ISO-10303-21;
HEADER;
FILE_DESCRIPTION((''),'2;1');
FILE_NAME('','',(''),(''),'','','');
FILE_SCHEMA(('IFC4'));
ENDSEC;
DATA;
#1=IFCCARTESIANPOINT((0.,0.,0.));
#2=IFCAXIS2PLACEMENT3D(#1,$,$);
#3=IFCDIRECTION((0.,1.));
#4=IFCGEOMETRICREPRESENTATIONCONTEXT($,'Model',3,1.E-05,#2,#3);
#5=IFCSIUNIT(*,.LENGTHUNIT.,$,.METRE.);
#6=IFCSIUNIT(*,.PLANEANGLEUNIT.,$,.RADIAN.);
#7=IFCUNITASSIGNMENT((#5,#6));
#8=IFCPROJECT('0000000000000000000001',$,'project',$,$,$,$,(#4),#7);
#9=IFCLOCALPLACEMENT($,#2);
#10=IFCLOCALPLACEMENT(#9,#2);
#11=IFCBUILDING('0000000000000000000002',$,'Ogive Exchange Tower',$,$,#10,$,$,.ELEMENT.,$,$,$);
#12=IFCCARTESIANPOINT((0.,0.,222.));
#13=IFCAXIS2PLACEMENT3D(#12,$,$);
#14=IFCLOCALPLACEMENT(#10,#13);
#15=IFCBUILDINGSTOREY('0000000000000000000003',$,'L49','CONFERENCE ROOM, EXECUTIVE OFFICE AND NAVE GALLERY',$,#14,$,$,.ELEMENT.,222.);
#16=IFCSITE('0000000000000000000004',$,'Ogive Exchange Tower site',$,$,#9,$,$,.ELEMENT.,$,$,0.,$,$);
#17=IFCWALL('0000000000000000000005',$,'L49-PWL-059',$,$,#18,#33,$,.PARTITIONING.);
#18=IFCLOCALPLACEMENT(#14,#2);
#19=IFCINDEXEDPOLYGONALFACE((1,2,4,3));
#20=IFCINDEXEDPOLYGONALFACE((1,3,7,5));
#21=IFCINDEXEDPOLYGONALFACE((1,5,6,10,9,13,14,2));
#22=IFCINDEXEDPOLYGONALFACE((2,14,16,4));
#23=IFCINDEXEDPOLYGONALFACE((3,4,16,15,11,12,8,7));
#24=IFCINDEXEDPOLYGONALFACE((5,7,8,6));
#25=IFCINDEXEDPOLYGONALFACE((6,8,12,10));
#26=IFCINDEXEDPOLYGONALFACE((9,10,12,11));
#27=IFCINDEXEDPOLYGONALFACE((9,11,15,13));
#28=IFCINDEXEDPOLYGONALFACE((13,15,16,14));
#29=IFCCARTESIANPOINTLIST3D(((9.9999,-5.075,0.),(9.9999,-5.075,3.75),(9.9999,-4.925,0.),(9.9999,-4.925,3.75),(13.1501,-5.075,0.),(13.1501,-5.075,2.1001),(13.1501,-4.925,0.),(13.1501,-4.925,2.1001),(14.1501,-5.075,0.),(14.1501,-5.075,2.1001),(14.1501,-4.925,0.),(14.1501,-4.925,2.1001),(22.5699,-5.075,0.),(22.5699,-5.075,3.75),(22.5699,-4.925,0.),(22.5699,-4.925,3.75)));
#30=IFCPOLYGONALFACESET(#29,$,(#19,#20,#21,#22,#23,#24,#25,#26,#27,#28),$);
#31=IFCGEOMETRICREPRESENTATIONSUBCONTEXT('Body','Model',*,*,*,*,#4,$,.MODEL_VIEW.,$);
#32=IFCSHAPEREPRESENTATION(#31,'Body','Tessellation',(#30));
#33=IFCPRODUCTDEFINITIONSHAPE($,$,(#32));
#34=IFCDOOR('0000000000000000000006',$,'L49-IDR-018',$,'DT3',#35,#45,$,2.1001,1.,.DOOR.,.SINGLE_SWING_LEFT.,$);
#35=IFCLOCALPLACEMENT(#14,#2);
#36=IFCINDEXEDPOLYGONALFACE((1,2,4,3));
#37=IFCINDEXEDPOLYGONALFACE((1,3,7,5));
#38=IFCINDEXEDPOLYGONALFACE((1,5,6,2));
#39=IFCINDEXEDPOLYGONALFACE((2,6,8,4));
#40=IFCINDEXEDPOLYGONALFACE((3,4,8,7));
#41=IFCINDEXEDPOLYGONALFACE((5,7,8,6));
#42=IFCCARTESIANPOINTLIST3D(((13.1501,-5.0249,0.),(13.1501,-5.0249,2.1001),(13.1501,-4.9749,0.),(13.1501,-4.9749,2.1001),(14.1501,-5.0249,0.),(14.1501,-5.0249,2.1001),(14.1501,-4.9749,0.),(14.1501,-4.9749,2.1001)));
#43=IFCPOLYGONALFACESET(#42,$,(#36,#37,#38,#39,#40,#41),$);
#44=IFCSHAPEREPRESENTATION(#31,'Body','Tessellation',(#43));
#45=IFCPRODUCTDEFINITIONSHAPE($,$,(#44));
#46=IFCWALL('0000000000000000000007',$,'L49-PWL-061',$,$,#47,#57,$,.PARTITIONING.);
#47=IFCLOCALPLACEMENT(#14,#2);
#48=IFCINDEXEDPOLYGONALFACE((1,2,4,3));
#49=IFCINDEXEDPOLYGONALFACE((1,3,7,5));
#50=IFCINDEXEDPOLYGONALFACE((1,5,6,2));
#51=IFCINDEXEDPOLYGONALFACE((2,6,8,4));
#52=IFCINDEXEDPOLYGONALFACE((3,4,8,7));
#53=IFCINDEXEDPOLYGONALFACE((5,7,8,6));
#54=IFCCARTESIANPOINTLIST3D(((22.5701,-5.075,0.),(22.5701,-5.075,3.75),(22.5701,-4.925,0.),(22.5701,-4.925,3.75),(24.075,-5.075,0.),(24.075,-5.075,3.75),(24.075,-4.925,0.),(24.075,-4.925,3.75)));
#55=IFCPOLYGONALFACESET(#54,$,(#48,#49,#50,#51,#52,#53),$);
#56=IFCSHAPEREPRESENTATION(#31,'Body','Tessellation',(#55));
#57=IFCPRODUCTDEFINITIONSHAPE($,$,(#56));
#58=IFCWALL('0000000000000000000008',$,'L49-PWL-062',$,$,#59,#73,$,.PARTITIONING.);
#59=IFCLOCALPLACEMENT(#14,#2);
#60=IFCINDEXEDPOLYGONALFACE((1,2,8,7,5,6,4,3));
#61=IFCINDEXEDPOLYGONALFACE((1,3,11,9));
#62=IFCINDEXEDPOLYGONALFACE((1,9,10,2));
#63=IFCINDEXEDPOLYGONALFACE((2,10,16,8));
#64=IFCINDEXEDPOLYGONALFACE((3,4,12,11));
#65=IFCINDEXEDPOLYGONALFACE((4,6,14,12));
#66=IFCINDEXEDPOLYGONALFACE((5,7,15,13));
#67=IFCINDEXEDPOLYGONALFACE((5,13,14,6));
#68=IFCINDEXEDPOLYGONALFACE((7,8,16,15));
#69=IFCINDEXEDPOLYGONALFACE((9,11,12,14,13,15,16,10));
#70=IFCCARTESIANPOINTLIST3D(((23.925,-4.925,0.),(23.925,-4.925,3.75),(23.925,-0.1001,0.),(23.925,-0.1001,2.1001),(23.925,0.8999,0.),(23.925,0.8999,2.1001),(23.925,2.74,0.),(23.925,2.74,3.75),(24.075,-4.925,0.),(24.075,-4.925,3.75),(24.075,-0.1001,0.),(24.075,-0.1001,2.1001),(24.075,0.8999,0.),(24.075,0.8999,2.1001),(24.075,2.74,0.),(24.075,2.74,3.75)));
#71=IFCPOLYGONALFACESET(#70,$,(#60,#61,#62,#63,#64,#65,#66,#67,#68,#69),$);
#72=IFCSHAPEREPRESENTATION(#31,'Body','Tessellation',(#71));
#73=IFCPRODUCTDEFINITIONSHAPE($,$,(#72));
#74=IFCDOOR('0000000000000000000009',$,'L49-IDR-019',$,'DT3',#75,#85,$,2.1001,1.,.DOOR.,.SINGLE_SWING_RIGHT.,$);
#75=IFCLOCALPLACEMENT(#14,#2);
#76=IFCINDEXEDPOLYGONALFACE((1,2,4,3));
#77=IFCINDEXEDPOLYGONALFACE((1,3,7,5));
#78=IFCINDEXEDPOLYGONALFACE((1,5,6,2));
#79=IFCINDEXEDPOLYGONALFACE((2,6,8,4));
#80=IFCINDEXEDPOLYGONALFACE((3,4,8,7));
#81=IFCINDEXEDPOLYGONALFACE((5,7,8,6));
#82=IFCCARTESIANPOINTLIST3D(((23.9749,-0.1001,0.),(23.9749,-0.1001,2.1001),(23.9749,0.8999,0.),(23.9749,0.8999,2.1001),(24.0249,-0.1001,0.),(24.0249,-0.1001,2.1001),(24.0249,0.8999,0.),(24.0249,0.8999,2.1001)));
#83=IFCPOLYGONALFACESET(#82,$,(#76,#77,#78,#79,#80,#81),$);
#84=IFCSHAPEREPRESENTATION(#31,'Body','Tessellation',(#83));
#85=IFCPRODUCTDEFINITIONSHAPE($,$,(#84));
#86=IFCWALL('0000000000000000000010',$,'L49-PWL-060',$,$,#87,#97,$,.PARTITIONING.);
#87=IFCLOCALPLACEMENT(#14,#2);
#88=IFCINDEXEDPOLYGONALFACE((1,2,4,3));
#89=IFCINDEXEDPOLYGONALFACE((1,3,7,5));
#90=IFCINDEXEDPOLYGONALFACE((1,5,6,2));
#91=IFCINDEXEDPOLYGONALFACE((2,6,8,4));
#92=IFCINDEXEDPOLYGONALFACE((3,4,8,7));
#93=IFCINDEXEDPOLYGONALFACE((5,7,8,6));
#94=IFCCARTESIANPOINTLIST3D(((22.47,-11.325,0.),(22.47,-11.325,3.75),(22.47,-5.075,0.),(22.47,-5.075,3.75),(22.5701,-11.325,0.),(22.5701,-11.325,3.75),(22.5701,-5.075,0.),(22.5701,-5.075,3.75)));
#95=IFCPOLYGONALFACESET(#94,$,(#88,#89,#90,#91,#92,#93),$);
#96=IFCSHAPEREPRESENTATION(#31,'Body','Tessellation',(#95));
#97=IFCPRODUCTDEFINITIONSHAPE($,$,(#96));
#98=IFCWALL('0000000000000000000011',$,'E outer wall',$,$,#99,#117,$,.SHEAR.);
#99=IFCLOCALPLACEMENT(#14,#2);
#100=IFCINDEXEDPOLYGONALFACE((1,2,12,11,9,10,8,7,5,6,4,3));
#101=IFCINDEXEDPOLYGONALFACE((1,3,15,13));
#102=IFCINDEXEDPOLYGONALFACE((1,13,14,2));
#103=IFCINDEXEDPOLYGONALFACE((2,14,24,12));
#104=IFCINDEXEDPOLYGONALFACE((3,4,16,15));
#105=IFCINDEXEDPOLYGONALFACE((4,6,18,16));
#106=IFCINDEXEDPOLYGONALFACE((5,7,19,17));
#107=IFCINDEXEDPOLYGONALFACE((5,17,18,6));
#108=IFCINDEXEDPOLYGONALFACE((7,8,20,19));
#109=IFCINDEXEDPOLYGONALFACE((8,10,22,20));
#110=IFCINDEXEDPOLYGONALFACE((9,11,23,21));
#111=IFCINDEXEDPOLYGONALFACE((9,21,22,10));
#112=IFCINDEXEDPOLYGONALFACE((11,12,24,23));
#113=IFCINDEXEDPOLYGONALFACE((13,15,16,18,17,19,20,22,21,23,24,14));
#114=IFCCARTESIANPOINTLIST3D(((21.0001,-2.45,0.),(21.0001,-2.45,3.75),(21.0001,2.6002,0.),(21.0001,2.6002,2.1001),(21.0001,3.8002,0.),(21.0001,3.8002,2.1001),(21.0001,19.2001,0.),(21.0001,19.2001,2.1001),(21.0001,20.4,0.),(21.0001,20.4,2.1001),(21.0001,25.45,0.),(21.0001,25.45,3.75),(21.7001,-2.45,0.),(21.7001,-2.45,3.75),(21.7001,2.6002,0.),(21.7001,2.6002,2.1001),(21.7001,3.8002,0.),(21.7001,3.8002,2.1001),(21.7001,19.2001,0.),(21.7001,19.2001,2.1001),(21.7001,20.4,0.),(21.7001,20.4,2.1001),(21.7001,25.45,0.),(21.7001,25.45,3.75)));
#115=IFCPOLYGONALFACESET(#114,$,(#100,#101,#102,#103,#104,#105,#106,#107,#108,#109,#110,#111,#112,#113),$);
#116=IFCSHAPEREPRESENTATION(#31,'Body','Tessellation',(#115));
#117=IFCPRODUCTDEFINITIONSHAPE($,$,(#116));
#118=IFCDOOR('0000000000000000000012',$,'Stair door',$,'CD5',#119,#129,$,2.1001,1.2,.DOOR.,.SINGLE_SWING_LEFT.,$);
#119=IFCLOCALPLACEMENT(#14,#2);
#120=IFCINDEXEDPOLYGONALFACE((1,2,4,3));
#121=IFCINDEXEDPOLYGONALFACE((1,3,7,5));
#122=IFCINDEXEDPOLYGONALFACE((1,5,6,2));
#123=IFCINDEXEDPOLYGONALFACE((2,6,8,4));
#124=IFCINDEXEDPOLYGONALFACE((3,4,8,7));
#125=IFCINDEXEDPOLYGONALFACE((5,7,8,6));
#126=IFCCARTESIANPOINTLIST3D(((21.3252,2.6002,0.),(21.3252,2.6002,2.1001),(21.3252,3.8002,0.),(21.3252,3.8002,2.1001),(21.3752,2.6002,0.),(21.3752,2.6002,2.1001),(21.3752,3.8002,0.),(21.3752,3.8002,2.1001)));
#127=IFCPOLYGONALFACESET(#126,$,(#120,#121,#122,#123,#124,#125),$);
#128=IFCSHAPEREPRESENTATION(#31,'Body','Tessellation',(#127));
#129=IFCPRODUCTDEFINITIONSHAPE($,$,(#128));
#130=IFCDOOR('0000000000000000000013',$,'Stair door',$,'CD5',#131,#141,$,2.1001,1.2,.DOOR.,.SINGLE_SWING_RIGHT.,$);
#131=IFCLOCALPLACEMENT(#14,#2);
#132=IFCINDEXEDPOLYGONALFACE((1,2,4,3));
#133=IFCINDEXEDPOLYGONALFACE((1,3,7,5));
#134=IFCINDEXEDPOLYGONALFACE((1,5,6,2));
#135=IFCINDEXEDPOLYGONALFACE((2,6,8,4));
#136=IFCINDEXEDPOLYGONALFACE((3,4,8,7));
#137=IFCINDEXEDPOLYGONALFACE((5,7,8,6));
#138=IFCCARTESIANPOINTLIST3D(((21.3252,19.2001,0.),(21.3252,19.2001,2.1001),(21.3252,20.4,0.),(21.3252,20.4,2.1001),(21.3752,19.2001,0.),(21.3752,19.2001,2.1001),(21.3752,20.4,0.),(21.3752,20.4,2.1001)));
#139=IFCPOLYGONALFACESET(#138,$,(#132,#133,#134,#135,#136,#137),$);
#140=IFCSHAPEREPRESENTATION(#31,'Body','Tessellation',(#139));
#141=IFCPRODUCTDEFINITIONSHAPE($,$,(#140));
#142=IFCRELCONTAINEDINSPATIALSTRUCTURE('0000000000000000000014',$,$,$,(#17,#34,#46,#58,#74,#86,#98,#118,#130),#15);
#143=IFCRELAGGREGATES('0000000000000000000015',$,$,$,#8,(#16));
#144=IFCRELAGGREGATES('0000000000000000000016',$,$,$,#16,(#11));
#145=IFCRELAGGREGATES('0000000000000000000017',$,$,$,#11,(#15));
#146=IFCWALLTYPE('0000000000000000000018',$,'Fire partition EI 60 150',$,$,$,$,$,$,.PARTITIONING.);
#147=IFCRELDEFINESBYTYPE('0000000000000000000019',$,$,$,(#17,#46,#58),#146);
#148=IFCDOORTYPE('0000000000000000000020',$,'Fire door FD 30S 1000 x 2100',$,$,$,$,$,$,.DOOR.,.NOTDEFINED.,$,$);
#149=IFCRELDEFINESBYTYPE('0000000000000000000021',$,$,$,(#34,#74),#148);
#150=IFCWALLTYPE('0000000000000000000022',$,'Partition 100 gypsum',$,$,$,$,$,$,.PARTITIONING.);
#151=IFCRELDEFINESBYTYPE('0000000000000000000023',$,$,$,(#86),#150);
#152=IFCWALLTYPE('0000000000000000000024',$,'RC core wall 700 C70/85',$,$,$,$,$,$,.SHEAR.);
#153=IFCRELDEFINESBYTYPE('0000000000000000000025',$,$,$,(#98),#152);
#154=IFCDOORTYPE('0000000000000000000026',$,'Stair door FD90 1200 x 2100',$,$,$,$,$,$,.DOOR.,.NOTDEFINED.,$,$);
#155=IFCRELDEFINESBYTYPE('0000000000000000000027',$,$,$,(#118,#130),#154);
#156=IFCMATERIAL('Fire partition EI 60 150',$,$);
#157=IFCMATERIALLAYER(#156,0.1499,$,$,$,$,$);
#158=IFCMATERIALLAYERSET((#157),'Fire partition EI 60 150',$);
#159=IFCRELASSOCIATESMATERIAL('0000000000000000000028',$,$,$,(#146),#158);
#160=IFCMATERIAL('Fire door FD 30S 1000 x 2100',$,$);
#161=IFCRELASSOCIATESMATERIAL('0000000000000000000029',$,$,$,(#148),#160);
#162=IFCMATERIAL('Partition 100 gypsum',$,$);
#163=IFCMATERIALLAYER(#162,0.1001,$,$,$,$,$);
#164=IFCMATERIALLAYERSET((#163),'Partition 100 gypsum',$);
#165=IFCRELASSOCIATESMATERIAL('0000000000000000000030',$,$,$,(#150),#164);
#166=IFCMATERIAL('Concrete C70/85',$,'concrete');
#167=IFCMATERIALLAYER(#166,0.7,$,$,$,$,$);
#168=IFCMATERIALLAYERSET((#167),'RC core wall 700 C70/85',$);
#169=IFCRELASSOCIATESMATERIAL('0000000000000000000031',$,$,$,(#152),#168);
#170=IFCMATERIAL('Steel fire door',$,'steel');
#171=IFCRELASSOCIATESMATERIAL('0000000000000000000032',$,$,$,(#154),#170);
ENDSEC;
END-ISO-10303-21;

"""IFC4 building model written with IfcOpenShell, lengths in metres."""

from ifc_helpers import new_model, si_unit, direction, frame, frame_2d, origin, place, context, subcontext, project, spatial, rectangle, extrude, material, layer, layer_set, type_object, element, fill, save


model = new_model("IFC4")

# Units and contexts
model_context = context("Model", 3, precision=1e-05, world=origin(), true_north=direction((0.0, 1.0)))
body_context = subcontext(model_context, "Body", "Model", "MODEL_VIEW")
ifc_project = project(units=[si_unit("LENGTHUNIT", "METRE"), si_unit("PLANEANGLEUNIT", "RADIAN")], contexts=[model_context])

# Site, building, storey
site_placement = place(None, origin())
site = spatial("IfcSite", under=ifc_project, at=site_placement, Name="Ogive Exchange Tower site", CompositionType="ELEMENT", RefElevation=0.0)
building_placement = place(site_placement, origin())
building = spatial("IfcBuilding", under=site, at=building_placement, Name="Ogive Exchange Tower", CompositionType="ELEMENT")
storey_placement = place(building_placement, frame((0.0, 0.0, 222.0)))
storey = spatial("IfcBuildingStorey", under=building, at=storey_placement, Name="L49", Description="CONFERENCE ROOM, EXECUTIVE OFFICE AND NAVE GALLERY", CompositionType="ELEMENT", Elevation=222.0)

# Wall, opening, door
ifc_material_1 = material(Name="Fire partition EI 60 150")
ifc_layer_1 = layer(ifc_material_1, 0.1499)
ifc_layer_set_1 = layer_set([ifc_layer_1], Name="Fire partition EI 60 150")
wall_type_1 = type_object("IfcWallType", Name="Fire partition EI 60 150", PredefinedType="PARTITIONING", material=ifc_layer_set_1)
wall_1_placement = place(storey_placement, frame((22.5701, -5.0, 0.0), z_axis=(0.0, 0.0, 1.0), x_axis=(-1.0, 0.0, 0.0)))
wall_1 = element("IfcWall", 1, at=wall_1_placement, inside=storey, type_object=wall_type_1, Name="L49-PWL-059", PredefinedType="PARTITIONING", context=body_context, shape_type="SweptSolid", body=[
    extrude(rectangle(XDim=12.5701, YDim=0.1499, at=frame_2d((6.2852, 0.0))), origin(), (0.0, 0.0, 1.0), 3.75),
])
opening_1_placement = place(wall_1_placement, frame((8.4199, 0.0, 0.0)))
opening_1 = element("IfcOpeningElement", 2, at=opening_1_placement, cuts=wall_1, PredefinedType="OPENING", context=body_context, shape_type="SweptSolid", body=[
    extrude(rectangle(XDim=1.0, YDim=2.1001, at=frame_2d((0.5, 1.05))), frame((0.0, 0.085, 0.0), z_axis=(0.0, -1.0, 0.0), x_axis=(1.0, 0.0, 0.0)), (0.0, 0.0, 1.0), 0.1699),
])
ifc_material_2 = material(Name="Fire door FD 30S 1000 x 2100")
door_type_1 = type_object("IfcDoorType", Name="Fire door FD 30S 1000 x 2100", OperationType="NOTDEFINED", PredefinedType="DOOR", material=ifc_material_2)
door_1_placement = place(opening_1_placement, origin())
door_1 = element("IfcDoor", 3, at=door_1_placement, inside=storey, type_object=door_type_1, Name="L49-IDR-018", ObjectType="DT3", OperationType="SINGLE_SWING_LEFT", OverallHeight=2.1001, OverallWidth=1.0, PredefinedType="DOOR", context=body_context, shape_type="SweptSolid", body=[
    extrude(rectangle(XDim=1.0, YDim=2.1001, at=frame_2d((0.5, 1.05))), frame((0.0, 0.0249, 0.0), z_axis=(0.0, -1.0, 0.0), x_axis=(1.0, 0.0, 0.0)), (0.0, 0.0, 1.0), 0.05),
])
fill(opening_1, door_1)

# Wall
wall_2_placement = place(storey_placement, frame((24.075, -5.0, 0.0), z_axis=(0.0, 0.0, 1.0), x_axis=(-1.0, 0.0, 0.0)))
element("IfcWall", 4, at=wall_2_placement, inside=storey, type_object=wall_type_1, Name="L49-PWL-061", PredefinedType="PARTITIONING", context=body_context, shape_type="SweptSolid", body=[
    extrude(rectangle(XDim=1.5049, YDim=0.1499, at=frame_2d((0.7524, 0.0))), origin(), (0.0, 0.0, 1.0), 3.75),
])

# Wall, opening, door
wall_3_placement = place(storey_placement, frame((24.0, 2.74, 0.0), z_axis=(0.0, 0.0, 1.0), x_axis=(0.0, -1.0, 0.0)))
wall_3 = element("IfcWall", 5, at=wall_3_placement, inside=storey, type_object=wall_type_1, Name="L49-PWL-062", PredefinedType="PARTITIONING", context=body_context, shape_type="SweptSolid", body=[
    extrude(rectangle(XDim=7.665, YDim=0.1499, at=frame_2d((3.8325, 0.0))), origin(), (0.0, 0.0, 1.0), 3.75),
])
opening_2_placement = place(wall_3_placement, frame((1.8401, 0.0, 0.0)))
opening_2 = element("IfcOpeningElement", 6, at=opening_2_placement, cuts=wall_3, PredefinedType="OPENING", context=body_context, shape_type="SweptSolid", body=[
    extrude(rectangle(XDim=1.0, YDim=2.1001, at=frame_2d((0.5, 1.05))), frame((0.0, 0.085, 0.0), z_axis=(0.0, -1.0, 0.0), x_axis=(1.0, 0.0, 0.0)), (0.0, 0.0, 1.0), 0.1699),
])
door_2_placement = place(opening_2_placement, origin())
door_2 = element("IfcDoor", 7, at=door_2_placement, inside=storey, type_object=door_type_1, Name="L49-IDR-019", ObjectType="DT3", OperationType="SINGLE_SWING_RIGHT", OverallHeight=2.1001, OverallWidth=1.0, PredefinedType="DOOR", context=body_context, shape_type="SweptSolid", body=[
    extrude(rectangle(XDim=1.0, YDim=2.1001, at=frame_2d((0.5, 1.05))), frame((0.0, 0.0249, 0.0), z_axis=(0.0, -1.0, 0.0), x_axis=(1.0, 0.0, 0.0)), (0.0, 0.0, 1.0), 0.05),
])
fill(opening_2, door_2)

# Wall
ifc_material_3 = material(Name="Partition 100 gypsum")
ifc_layer_2 = layer(ifc_material_3, 0.1001)
ifc_layer_set_2 = layer_set([ifc_layer_2], Name="Partition 100 gypsum")
wall_type_2 = type_object("IfcWallType", Name="Partition 100 gypsum", PredefinedType="PARTITIONING", material=ifc_layer_set_2)
wall_4_placement = place(storey_placement, frame((22.52, -5.075, 0.0), z_axis=(0.0, 0.0, 1.0), x_axis=(0.0, -1.0, 0.0)))
element("IfcWall", 8, at=wall_4_placement, inside=storey, type_object=wall_type_2, Name="L49-PWL-060", PredefinedType="PARTITIONING", context=body_context, shape_type="SweptSolid", body=[
    extrude(rectangle(XDim=6.25, YDim=0.1001, at=frame_2d((3.125, 0.0))), origin(), (0.0, 0.0, 1.0), 3.75),
])

# Wall, openings, doors
ifc_material_4 = material(Name="Concrete C70/85", Category="concrete")
ifc_layer_3 = layer(ifc_material_4, 0.7)
ifc_layer_set_3 = layer_set([ifc_layer_3], Name="RC core wall 700 C70/85")
wall_type_3 = type_object("IfcWallType", Name="RC core wall 700 C70/85", PredefinedType="SHEAR", material=ifc_layer_set_3)
wall_5_placement = place(storey_placement, frame((21.3501, -2.45, 0.0), z_axis=(0.0, 0.0, 1.0), x_axis=(0.0, 1.0, 0.0)))
wall_5 = element("IfcWall", 9, at=wall_5_placement, inside=storey, type_object=wall_type_3, Name="E outer wall", PredefinedType="SHEAR", context=body_context, shape_type="SweptSolid", body=[
    extrude(rectangle(XDim=27.8999, YDim=0.7, at=frame_2d((13.95, 0.0))), origin(), (0.0, 0.0, 1.0), 3.75),
])
opening_3_placement = place(wall_5_placement, frame((5.05, 0.0, 0.0)))
opening_3 = element("IfcOpeningElement", 10, at=opening_3_placement, cuts=wall_5, PredefinedType="OPENING", context=body_context, shape_type="SweptSolid", body=[
    extrude(rectangle(XDim=1.2, YDim=2.1001, at=frame_2d((0.6001, 1.05))), frame((0.0, 0.3599, 0.0), z_axis=(0.0, -1.0, 0.0), x_axis=(1.0, 0.0, 0.0)), (0.0, 0.0, 1.0), 0.72),
])
opening_4_placement = place(wall_5_placement, frame((21.6499, 0.0, 0.0)))
opening_4 = element("IfcOpeningElement", 11, at=opening_4_placement, cuts=wall_5, PredefinedType="OPENING", context=body_context, shape_type="SweptSolid", body=[
    extrude(rectangle(XDim=1.2, YDim=2.1001, at=frame_2d((0.6001, 1.05))), frame((0.0, 0.3599, 0.0), z_axis=(0.0, -1.0, 0.0), x_axis=(1.0, 0.0, 0.0)), (0.0, 0.0, 1.0), 0.72),
])
ifc_material_5 = material(Name="Steel fire door", Category="steel")
door_type_2 = type_object("IfcDoorType", Name="Stair door FD90 1200 x 2100", OperationType="NOTDEFINED", PredefinedType="DOOR", material=ifc_material_5)
door_3_placement = place(opening_3_placement, origin())
door_3 = element("IfcDoor", 12, at=door_3_placement, inside=storey, type_object=door_type_2, Name="Stair door", ObjectType="CD5", OperationType="SINGLE_SWING_LEFT", OverallHeight=2.1001, OverallWidth=1.2, PredefinedType="DOOR", context=body_context, shape_type="SweptSolid", body=[
    extrude(rectangle(XDim=1.2, YDim=2.1001, at=frame_2d((0.6001, 1.05))), frame((0.0, 0.0249, 0.0), z_axis=(0.0, -1.0, 0.0), x_axis=(1.0, 0.0, 0.0)), (0.0, 0.0, 1.0), 0.05),
])
fill(opening_3, door_3)
door_4_placement = place(opening_4_placement, origin())
door_4 = element("IfcDoor", 13, at=door_4_placement, inside=storey, type_object=door_type_2, Name="Stair door", ObjectType="CD5", OperationType="SINGLE_SWING_RIGHT", OverallHeight=2.1001, OverallWidth=1.2, PredefinedType="DOOR", context=body_context, shape_type="SweptSolid", body=[
    extrude(rectangle(XDim=1.2, YDim=2.1001, at=frame_2d((0.6001, 1.05))), frame((0.0, 0.0249, 0.0), z_axis=(0.0, -1.0, 0.0), x_axis=(1.0, 0.0, 0.0)), (0.0, 0.0, 1.0), 0.05),
])
fill(opening_4, door_4)

save(model, "model.ifc")
